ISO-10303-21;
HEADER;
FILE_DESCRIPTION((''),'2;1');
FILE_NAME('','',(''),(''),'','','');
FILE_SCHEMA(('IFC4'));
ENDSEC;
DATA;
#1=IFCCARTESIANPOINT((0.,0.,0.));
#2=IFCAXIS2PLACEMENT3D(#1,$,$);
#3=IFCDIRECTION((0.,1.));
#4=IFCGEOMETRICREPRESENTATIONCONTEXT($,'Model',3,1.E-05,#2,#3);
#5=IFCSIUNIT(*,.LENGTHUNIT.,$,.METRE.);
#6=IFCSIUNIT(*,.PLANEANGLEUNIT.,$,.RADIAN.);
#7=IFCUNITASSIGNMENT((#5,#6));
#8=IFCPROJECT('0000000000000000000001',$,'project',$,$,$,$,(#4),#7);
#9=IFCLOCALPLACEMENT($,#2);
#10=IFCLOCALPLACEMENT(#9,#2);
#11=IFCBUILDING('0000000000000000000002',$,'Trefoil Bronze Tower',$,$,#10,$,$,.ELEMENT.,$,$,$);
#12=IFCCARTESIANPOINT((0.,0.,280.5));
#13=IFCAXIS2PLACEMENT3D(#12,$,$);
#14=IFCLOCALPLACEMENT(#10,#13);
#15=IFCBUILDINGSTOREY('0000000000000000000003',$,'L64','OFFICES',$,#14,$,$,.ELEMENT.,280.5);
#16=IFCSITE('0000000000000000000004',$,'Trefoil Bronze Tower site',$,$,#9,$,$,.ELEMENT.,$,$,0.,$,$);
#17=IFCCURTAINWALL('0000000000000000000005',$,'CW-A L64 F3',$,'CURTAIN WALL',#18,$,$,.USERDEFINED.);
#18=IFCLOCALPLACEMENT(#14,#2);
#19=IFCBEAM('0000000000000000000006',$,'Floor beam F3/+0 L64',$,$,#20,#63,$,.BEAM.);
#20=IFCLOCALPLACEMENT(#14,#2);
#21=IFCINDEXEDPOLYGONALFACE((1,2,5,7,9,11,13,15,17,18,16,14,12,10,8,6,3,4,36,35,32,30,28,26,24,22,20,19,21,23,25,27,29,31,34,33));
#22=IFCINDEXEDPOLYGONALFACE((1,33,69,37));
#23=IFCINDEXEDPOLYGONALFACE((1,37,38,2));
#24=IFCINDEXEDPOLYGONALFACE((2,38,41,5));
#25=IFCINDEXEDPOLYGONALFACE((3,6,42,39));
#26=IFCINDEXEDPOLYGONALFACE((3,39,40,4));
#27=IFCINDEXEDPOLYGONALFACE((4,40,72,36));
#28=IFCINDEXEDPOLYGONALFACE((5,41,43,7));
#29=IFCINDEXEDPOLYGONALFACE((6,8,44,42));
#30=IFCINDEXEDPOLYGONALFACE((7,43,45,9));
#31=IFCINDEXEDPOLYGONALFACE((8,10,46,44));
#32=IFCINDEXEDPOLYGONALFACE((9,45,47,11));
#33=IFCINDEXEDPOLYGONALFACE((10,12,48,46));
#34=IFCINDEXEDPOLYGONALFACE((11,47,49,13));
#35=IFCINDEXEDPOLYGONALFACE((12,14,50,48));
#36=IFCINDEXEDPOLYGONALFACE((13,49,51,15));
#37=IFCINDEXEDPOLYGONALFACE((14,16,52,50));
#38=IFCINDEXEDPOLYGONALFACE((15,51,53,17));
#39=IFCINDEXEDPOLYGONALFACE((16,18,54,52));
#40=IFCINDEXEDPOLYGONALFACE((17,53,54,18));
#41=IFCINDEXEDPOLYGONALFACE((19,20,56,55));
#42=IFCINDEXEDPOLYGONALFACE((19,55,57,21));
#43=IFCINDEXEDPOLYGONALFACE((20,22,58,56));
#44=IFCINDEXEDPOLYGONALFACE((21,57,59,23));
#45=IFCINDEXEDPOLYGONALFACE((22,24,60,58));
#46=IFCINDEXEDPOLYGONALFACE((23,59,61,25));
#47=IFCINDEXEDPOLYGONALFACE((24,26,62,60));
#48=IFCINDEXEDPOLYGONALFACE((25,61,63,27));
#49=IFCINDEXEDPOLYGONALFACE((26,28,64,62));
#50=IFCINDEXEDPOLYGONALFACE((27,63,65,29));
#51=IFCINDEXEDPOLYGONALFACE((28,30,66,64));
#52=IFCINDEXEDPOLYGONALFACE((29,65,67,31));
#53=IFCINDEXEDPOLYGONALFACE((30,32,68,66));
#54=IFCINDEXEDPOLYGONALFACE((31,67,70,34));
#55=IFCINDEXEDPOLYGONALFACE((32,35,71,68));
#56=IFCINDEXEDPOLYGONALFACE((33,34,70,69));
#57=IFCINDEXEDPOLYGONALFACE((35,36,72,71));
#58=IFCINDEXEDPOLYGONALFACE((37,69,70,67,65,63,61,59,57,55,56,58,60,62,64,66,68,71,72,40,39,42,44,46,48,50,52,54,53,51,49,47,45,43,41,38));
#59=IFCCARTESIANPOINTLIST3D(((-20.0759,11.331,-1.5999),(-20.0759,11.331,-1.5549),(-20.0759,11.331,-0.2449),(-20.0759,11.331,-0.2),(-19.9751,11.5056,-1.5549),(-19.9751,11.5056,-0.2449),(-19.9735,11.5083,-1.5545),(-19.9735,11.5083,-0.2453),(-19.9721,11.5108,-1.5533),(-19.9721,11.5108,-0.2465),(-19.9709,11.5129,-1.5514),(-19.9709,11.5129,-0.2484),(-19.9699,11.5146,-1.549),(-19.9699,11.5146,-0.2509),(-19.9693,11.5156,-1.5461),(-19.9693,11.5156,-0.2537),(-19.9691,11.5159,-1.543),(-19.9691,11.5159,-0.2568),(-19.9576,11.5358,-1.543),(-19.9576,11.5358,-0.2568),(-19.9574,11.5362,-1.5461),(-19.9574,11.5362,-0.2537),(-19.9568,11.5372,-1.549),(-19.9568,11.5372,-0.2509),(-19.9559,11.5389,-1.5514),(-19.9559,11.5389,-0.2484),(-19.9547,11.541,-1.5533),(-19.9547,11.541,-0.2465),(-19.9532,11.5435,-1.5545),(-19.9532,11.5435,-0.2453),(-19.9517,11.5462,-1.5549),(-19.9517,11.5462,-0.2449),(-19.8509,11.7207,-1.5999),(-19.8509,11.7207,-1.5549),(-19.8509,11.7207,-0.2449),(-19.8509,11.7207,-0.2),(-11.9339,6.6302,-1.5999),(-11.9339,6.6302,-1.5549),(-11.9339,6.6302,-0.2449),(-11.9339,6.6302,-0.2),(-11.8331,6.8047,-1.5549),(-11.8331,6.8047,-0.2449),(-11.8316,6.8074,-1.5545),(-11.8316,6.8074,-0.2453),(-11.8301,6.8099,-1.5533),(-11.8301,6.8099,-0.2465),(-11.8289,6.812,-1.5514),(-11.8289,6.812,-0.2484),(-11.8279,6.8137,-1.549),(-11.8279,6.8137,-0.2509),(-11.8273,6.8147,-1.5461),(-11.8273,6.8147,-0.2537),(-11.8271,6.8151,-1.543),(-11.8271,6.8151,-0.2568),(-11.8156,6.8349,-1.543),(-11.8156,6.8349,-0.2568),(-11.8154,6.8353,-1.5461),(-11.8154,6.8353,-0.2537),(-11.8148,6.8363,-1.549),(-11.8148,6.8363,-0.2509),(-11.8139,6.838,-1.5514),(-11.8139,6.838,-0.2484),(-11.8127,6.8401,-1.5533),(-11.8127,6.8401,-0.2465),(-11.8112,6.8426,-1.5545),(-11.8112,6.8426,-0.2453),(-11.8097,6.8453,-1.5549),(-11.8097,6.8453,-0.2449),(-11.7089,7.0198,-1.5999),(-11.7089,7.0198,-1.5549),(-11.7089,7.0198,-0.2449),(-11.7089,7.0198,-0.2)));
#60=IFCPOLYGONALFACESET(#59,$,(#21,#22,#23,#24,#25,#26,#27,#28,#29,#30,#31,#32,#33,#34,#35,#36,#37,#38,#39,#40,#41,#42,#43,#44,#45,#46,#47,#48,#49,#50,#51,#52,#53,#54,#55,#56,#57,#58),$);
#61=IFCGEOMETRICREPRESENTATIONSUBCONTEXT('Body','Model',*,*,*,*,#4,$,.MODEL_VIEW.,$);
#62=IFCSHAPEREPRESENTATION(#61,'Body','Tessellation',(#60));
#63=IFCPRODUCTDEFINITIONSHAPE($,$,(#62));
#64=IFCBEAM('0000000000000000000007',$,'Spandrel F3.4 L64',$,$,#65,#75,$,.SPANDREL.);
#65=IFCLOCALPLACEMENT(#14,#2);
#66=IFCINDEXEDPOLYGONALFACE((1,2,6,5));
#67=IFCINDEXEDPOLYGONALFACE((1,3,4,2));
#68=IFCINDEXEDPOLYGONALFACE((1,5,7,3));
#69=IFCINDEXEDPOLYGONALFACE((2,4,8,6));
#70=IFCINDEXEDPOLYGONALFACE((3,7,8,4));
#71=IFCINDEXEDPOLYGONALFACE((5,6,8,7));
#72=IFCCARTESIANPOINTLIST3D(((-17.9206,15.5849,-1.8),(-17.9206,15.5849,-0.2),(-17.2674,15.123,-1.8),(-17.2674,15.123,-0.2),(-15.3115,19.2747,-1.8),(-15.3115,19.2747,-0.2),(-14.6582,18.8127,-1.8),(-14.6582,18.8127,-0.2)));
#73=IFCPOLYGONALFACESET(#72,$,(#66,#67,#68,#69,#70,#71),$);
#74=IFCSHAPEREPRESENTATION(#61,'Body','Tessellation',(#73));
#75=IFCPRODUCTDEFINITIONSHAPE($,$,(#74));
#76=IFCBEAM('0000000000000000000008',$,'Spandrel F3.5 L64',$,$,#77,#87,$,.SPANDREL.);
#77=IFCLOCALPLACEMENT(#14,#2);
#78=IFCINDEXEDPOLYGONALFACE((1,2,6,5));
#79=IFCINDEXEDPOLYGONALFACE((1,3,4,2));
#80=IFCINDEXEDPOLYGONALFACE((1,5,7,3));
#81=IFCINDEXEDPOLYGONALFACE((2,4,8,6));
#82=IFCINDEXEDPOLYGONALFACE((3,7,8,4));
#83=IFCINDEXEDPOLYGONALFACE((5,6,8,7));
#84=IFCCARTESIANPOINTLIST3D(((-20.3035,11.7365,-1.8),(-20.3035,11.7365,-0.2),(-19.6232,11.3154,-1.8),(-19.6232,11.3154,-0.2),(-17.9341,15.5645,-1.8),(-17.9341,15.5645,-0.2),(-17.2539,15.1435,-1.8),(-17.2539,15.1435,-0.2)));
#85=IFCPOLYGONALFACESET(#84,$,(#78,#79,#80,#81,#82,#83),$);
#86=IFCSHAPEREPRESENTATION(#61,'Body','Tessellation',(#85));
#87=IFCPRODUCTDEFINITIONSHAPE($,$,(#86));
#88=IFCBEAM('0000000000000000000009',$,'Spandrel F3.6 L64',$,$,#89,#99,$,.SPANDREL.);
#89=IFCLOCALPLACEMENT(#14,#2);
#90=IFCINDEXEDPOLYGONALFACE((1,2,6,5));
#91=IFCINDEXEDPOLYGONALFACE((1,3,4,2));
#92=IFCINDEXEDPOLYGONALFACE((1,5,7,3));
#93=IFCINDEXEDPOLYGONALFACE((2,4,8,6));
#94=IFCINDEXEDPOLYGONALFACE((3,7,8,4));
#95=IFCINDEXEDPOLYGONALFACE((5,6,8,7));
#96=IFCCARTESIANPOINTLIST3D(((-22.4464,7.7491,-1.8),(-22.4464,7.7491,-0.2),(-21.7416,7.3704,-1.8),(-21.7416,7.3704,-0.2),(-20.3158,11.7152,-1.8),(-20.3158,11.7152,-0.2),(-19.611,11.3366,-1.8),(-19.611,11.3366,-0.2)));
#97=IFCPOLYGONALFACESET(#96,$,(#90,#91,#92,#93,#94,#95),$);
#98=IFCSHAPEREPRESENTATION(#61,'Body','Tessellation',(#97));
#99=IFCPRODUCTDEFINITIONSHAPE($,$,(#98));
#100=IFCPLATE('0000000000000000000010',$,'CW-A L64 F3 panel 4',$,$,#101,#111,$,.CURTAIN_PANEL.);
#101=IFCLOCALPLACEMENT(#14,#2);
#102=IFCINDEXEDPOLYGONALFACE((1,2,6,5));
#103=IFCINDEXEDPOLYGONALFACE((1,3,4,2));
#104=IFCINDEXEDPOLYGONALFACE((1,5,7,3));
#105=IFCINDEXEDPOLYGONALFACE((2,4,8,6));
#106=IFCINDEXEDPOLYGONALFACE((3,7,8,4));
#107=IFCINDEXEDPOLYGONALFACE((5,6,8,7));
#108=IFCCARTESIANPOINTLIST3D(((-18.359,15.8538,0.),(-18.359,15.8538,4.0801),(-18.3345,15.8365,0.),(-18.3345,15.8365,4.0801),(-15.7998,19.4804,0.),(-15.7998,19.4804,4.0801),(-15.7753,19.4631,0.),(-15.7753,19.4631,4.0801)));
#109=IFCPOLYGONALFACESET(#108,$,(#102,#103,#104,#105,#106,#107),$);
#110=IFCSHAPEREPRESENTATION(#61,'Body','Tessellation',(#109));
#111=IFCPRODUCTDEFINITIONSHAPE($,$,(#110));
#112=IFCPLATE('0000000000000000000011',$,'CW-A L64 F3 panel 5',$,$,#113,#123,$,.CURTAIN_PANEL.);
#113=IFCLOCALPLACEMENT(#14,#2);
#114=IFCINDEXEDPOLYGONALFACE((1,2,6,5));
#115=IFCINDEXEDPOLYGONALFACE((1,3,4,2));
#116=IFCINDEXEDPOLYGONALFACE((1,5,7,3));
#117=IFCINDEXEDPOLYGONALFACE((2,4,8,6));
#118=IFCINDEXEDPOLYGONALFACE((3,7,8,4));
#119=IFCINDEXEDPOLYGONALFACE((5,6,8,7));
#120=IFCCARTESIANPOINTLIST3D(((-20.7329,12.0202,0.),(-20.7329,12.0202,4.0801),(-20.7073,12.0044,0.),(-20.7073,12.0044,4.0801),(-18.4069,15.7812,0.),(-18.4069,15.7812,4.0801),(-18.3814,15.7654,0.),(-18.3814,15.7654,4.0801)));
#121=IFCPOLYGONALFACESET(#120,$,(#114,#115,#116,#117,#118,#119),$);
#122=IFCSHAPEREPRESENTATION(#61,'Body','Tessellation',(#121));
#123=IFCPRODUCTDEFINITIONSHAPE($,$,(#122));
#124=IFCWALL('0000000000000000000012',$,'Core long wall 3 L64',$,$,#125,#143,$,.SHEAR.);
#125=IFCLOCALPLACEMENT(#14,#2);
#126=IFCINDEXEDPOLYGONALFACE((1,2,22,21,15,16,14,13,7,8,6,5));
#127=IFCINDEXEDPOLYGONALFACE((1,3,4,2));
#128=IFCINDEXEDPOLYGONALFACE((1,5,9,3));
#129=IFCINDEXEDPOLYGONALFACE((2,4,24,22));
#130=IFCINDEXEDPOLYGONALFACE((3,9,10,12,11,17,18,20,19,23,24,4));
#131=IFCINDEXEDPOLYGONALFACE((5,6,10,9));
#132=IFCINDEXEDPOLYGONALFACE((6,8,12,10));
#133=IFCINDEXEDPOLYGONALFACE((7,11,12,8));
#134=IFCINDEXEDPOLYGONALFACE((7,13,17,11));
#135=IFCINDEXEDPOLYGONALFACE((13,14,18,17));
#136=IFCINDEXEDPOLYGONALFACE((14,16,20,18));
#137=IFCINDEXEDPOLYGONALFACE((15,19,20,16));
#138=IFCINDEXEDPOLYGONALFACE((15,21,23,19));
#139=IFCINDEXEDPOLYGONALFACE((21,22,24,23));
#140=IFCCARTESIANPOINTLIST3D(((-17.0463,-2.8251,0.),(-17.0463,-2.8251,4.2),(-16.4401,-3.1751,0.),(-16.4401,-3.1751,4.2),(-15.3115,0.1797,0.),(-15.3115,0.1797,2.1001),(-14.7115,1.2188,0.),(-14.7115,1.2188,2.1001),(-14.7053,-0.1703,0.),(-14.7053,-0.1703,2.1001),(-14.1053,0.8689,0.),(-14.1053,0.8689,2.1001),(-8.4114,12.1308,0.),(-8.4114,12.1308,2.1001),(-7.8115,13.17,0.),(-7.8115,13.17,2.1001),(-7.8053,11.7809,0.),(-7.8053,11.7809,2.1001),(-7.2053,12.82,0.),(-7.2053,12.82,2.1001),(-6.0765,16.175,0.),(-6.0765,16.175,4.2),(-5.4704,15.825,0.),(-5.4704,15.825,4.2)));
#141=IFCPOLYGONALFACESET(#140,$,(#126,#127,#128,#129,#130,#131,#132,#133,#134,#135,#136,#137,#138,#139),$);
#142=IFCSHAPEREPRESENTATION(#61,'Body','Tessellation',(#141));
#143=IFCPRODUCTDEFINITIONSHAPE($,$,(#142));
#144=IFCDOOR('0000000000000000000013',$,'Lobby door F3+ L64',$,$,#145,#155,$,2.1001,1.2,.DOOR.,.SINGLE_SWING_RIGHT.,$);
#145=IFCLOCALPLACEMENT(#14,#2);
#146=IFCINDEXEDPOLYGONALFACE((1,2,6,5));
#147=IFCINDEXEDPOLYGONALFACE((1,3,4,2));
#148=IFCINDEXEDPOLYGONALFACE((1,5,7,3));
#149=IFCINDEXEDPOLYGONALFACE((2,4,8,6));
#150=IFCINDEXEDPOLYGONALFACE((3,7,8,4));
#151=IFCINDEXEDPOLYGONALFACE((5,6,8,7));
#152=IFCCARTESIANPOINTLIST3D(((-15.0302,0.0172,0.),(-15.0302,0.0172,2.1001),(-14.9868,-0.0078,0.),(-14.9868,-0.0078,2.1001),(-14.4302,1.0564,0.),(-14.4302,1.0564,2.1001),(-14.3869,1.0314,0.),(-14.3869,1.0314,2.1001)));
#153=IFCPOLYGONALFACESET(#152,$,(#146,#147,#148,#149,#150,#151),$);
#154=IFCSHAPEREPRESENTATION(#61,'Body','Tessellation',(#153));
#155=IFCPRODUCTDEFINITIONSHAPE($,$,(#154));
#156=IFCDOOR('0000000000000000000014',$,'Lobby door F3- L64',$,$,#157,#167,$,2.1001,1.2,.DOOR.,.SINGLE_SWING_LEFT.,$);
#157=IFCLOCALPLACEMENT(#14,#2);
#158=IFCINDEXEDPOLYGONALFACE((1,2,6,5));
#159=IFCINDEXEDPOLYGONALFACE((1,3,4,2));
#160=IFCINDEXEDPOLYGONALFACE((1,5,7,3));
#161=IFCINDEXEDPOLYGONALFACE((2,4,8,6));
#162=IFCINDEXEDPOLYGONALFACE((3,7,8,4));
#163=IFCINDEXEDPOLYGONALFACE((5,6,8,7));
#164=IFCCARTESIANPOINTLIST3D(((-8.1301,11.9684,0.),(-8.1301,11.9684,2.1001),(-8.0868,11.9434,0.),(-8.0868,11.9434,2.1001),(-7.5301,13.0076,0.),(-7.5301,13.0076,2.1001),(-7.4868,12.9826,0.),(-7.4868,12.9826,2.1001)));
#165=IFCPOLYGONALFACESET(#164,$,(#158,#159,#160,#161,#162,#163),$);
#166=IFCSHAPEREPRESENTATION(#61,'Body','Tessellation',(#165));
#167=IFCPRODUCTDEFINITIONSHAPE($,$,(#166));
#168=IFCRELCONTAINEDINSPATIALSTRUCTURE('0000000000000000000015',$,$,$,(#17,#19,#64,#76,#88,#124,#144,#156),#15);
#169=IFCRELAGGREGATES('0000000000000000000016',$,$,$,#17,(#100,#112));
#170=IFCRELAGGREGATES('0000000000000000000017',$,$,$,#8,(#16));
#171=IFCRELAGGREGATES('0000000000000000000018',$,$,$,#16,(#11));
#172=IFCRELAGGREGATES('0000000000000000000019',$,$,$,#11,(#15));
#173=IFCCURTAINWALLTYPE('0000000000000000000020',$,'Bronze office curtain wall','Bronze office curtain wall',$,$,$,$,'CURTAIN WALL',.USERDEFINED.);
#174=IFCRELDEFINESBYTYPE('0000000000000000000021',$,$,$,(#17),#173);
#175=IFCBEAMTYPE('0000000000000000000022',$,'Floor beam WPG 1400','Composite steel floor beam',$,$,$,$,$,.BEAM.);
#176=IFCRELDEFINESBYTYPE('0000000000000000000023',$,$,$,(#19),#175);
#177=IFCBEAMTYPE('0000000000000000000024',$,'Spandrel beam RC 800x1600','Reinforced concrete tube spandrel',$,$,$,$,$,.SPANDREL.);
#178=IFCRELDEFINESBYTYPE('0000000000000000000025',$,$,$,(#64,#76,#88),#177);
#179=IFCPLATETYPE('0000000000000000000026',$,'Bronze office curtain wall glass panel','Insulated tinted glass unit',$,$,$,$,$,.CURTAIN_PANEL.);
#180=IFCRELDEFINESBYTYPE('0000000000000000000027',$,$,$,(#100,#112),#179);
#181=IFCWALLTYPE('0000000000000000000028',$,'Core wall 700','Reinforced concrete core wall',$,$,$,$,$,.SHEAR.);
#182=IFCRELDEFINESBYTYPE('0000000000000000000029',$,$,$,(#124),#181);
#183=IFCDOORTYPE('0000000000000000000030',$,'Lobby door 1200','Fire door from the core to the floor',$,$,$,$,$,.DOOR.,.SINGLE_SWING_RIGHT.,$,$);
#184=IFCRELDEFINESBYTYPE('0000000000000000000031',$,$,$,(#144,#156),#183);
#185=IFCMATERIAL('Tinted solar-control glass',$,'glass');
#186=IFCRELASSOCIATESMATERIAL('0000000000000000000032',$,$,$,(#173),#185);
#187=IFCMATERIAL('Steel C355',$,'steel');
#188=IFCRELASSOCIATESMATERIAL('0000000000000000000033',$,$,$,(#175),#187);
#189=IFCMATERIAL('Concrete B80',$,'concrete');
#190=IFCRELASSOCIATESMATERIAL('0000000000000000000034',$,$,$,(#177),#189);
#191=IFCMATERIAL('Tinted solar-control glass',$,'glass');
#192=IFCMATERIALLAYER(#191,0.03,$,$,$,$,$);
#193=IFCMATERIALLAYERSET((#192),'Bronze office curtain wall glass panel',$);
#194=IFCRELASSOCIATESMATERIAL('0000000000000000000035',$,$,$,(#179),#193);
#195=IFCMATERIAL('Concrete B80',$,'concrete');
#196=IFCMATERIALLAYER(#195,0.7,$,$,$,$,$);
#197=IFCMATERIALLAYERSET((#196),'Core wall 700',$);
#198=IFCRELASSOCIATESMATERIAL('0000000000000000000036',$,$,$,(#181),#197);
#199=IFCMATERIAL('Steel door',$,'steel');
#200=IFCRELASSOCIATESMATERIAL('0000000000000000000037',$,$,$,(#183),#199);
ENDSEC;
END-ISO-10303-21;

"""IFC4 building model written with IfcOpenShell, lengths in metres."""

from ifc_helpers import new_model, si_unit, direction, frame, frame_2d, origin, origin_2d, place, context, subcontext, project, spatial, rectangle, i_section, extrude, material, layer, layer_set, material_profile, profile_set, type_object, element, fill, aggregate, save


model = new_model("IFC4")

# Units and contexts
model_context = context("Model", 3, precision=1e-05, world=origin(), true_north=direction((0.0, 1.0)))
body_context = subcontext(model_context, "Body", "Model", "MODEL_VIEW")
ifc_project = project(units=[si_unit("LENGTHUNIT", "METRE"), si_unit("PLANEANGLEUNIT", "RADIAN")], contexts=[model_context])

# Site, building, storey
site_placement = place(None, origin())
site = spatial("IfcSite", under=ifc_project, at=site_placement, Name="Trefoil Bronze Tower site", CompositionType="ELEMENT", RefElevation=0.0)
building_placement = place(site_placement, origin())
building = spatial("IfcBuilding", under=site, at=building_placement, Name="Trefoil Bronze Tower", CompositionType="ELEMENT")
storey_placement = place(building_placement, frame((0.0, 0.0, 280.5)))
storey = spatial("IfcBuildingStorey", under=building, at=storey_placement, Name="L64", Description="OFFICES", CompositionType="ELEMENT", Elevation=280.5)

# Curtain wall
ifc_material_1 = material(Name="Tinted solar-control glass", Category="glass")
curtain_wall_type = type_object("IfcCurtainWallType", Name="Bronze office curtain wall", Description="Bronze office curtain wall", ElementType="CURTAIN WALL", PredefinedType="USERDEFINED", material=ifc_material_1)
curtain_wall_placement = place(storey_placement, origin())
curtain_wall = element("IfcCurtainWall", 1, at=curtain_wall_placement, inside=storey, type_object=curtain_wall_type, Name="CW-A L64 F3", ObjectType="CURTAIN WALL", PredefinedType="USERDEFINED")

# Beams
ifc_material_2 = material(Name="Steel C355", Category="steel")
ifc_material_profile_1 = material_profile(ifc_material_2, i_section(OverallWidth=0.45, OverallDepth=1.3999, WebThickness=0.0229, FlangeThickness=0.0449, FilletRadius=0.012, at=origin_2d()), Name="WPG 1400")
ifc_profile_set_1 = profile_set([ifc_material_profile_1], Name="Steel C355")
beam_type_1 = type_object("IfcBeamType", Name="Floor beam WPG 1400", Description="Composite steel floor beam", PredefinedType="BEAM", material=ifc_profile_set_1)
beam_1_placement = place(storey_placement, frame((-19.9634, 11.5259, -0.8999), z_axis=(0.866021, -0.500007, 0.0), x_axis=(0.500007, 0.866021, 0.0)))
element("IfcBeam", 2, at=beam_1_placement, inside=storey, type_object=beam_type_1, Name="Floor beam F3/+0 L64", PredefinedType="BEAM", context=body_context, shape_type="SweptSolid", body=[
    extrude(i_section(OverallWidth=0.45, OverallDepth=1.3999, WebThickness=0.0229, FlangeThickness=0.0449, FilletRadius=0.012, at=origin_2d()), origin(), (0.0, 0.0, 1.0), 9.4016),
])
ifc_material_3 = material(Name="Concrete B80", Category="concrete")
ifc_material_profile_2 = material_profile(ifc_material_3, rectangle(XDim=0.8, YDim=1.6001, at=origin_2d()), Name="RC 800x1600")
ifc_profile_set_2 = profile_set([ifc_material_profile_2], Name="Concrete B80")
beam_type_2 = type_object("IfcBeamType", Name="Spandrel beam RC 800x1600", Description="Reinforced concrete tube spandrel", PredefinedType="SPANDREL", material=ifc_profile_set_2)
beam_2_placement = place(storey_placement, frame((-14.9849, 19.0437, -1.0), z_axis=(-0.577368, -0.816484, 0.0), x_axis=(0.816484, -0.577368, 0.0)))
element("IfcBeam", 3, at=beam_2_placement, inside=storey, type_object=beam_type_2, Name="Spandrel F3.4 L64", PredefinedType="SPANDREL", context=body_context, shape_type="SweptSolid", body=[
    extrude(rectangle(XDim=0.8, YDim=1.6001, at=origin_2d()), origin(), (0.0, 0.0, 1.0), 4.519),
])
beam_3_placement = place(storey_placement, frame((-17.594, 15.354, -1.0), z_axis=(-0.526289, -0.850306, 0.0), x_axis=(0.850306, -0.526289, 0.0)))
element("IfcBeam", 4, at=beam_3_placement, inside=storey, type_object=beam_type_2, Name="Spandrel F3.5 L64", PredefinedType="SPANDREL", context=body_context, shape_type="SweptSolid", body=[
    extrude(rectangle(XDim=0.8, YDim=1.6001, at=origin_2d()), origin(), (0.0, 0.0, 1.0), 4.502),
])
beam_4_placement = place(storey_placement, frame((-19.9634, 11.5259, -1.0), z_axis=(-0.473246, -0.88093, 0.0), x_axis=(0.88093, -0.473246, 0.0)))
element("IfcBeam", 5, at=beam_4_placement, inside=storey, type_object=beam_type_2, Name="Spandrel F3.6 L64", PredefinedType="SPANDREL", context=body_context, shape_type="SweptSolid", body=[
    extrude(rectangle(XDim=0.8, YDim=1.6001, at=origin_2d()), origin(), (0.0, 0.0, 1.0), 4.5022),
])

# Plates
ifc_material_4 = material(Name="Tinted solar-control glass", Category="glass")
ifc_layer_1 = layer(ifc_material_4, 0.03)
ifc_layer_set_1 = layer_set([ifc_layer_1], Name="Bronze office curtain wall glass panel")
plate_type = type_object("IfcPlateType", Name="Bronze office curtain wall glass panel", Description="Insulated tinted glass unit", PredefinedType="CURTAIN_PANEL", material=ifc_layer_set_1)
plate_1_placement = place(storey_placement, frame((-17.0671, 17.6584, 0.0), z_axis=(0.0, 0.0, 1.0), x_axis=(-0.576561, -0.817054, 0.0)))
plate_1 = element("IfcPlate", 6, at=plate_1_placement, type_object=plate_type, Name="CW-A L64 F3 panel 4", PredefinedType="CURTAIN_PANEL", context=body_context, shape_type="SweptSolid", body=[
    extrude(rectangle(XDim=4.4387, YDim=0.03, at=origin_2d()), origin(), (0.0, 0.0, 1.0), 4.0801),
])
plate_2_placement = place(storey_placement, frame((-19.5571, 13.8928, 0.0), z_axis=(0.0, 0.0, 1.0), x_axis=(-0.52598, -0.850497, 0.0)))
plate_2 = element("IfcPlate", 7, at=plate_2_placement, type_object=plate_type, Name="CW-A L64 F3 panel 5", PredefinedType="CURTAIN_PANEL", context=body_context, shape_type="SweptSolid", body=[
    extrude(rectangle(XDim=4.4221, YDim=0.03, at=origin_2d()), origin(), (0.0, 0.0, 1.0), 4.0801),
])
aggregate(curtain_wall, [plate_1, plate_2])

# Wall, openings, doors
ifc_material_5 = material(Name="Concrete B80", Category="concrete")
ifc_layer_2 = layer(ifc_material_5, 0.7)
ifc_layer_set_2 = layer_set([ifc_layer_2], Name="Core wall 700")
wall_type_1 = type_object("IfcWallType", Name="Core wall 700", Description="Reinforced concrete core wall", PredefinedType="SHEAR", material=ifc_layer_set_2)
wall_1_placement = place(storey_placement, frame((-5.7734, 16.0, 0.0), z_axis=(0.0, 0.0, 1.0), x_axis=(-0.500002, -0.866024, 0.0)))
wall_1 = element("IfcWall", 8, at=wall_1_placement, inside=storey, type_object=wall_type_1, Name="Core long wall 3 L64", PredefinedType="SHEAR", context=body_context, shape_type="SweptSolid", body=[
    extrude(rectangle(XDim=21.9395, YDim=0.7, at=frame_2d((10.9697, 0.0))), origin(), (0.0, 0.0, 1.0), 4.2),
])
opening_1_placement = place(wall_1_placement, frame((17.2698, 0.0, 0.0)))
opening_1 = element("IfcOpeningElement", 9, at=opening_1_placement, cuts=wall_1, PredefinedType="OPENING", context=body_context, shape_type="SweptSolid", body=[
    extrude(rectangle(XDim=1.2, YDim=2.1001, at=frame_2d((0.6001, 1.05))), frame((0.0, 0.3599, 0.0), z_axis=(0.0, -1.0, 0.0), x_axis=(1.0, 0.0, 0.0)), (0.0, 0.0, 1.0), 0.72),
])
opening_2_placement = place(wall_1_placement, frame((3.4697, 0.0, 0.0)))
opening_2 = element("IfcOpeningElement", 10, at=opening_2_placement, cuts=wall_1, PredefinedType="OPENING", context=body_context, shape_type="SweptSolid", body=[
    extrude(rectangle(XDim=1.2, YDim=2.1001, at=frame_2d((0.6001, 1.05))), frame((0.0, 0.3599, 0.0), z_axis=(0.0, -1.0, 0.0), x_axis=(1.0, 0.0, 0.0)), (0.0, 0.0, 1.0), 0.72),
])
ifc_material_6 = material(Name="Steel door", Category="steel")
door_type_1 = type_object("IfcDoorType", Name="Lobby door 1200", Description="Fire door from the core to the floor", OperationType="SINGLE_SWING_RIGHT", PredefinedType="DOOR", material=ifc_material_6)
door_1_placement = place(opening_1_placement, origin())
door_1 = element("IfcDoor", 11, at=door_1_placement, inside=storey, type_object=door_type_1, Name="Lobby door F3+ L64", OperationType="SINGLE_SWING_RIGHT", OverallHeight=2.1001, OverallWidth=1.2, PredefinedType="DOOR", context=body_context, shape_type="SweptSolid", body=[
    extrude(rectangle(XDim=1.2, YDim=2.1001, at=frame_2d((0.6001, 1.05))), frame((0.0, 0.0249, 0.0), z_axis=(0.0, -1.0, 0.0), x_axis=(1.0, 0.0, 0.0)), (0.0, 0.0, 1.0), 0.05),
])
fill(opening_1, door_1)
door_2_placement = place(opening_2_placement, origin())
door_2 = element("IfcDoor", 12, at=door_2_placement, inside=storey, type_object=door_type_1, Name="Lobby door F3- L64", OperationType="SINGLE_SWING_LEFT", OverallHeight=2.1001, OverallWidth=1.2, PredefinedType="DOOR", context=body_context, shape_type="SweptSolid", body=[
    extrude(rectangle(XDim=1.2, YDim=2.1001, at=frame_2d((0.6001, 1.05))), frame((0.0, 0.0249, 0.0), z_axis=(0.0, -1.0, 0.0), x_axis=(1.0, 0.0, 0.0)), (0.0, 0.0, 1.0), 0.05),
])
fill(opening_2, door_2)

save(model, "model.ifc")
